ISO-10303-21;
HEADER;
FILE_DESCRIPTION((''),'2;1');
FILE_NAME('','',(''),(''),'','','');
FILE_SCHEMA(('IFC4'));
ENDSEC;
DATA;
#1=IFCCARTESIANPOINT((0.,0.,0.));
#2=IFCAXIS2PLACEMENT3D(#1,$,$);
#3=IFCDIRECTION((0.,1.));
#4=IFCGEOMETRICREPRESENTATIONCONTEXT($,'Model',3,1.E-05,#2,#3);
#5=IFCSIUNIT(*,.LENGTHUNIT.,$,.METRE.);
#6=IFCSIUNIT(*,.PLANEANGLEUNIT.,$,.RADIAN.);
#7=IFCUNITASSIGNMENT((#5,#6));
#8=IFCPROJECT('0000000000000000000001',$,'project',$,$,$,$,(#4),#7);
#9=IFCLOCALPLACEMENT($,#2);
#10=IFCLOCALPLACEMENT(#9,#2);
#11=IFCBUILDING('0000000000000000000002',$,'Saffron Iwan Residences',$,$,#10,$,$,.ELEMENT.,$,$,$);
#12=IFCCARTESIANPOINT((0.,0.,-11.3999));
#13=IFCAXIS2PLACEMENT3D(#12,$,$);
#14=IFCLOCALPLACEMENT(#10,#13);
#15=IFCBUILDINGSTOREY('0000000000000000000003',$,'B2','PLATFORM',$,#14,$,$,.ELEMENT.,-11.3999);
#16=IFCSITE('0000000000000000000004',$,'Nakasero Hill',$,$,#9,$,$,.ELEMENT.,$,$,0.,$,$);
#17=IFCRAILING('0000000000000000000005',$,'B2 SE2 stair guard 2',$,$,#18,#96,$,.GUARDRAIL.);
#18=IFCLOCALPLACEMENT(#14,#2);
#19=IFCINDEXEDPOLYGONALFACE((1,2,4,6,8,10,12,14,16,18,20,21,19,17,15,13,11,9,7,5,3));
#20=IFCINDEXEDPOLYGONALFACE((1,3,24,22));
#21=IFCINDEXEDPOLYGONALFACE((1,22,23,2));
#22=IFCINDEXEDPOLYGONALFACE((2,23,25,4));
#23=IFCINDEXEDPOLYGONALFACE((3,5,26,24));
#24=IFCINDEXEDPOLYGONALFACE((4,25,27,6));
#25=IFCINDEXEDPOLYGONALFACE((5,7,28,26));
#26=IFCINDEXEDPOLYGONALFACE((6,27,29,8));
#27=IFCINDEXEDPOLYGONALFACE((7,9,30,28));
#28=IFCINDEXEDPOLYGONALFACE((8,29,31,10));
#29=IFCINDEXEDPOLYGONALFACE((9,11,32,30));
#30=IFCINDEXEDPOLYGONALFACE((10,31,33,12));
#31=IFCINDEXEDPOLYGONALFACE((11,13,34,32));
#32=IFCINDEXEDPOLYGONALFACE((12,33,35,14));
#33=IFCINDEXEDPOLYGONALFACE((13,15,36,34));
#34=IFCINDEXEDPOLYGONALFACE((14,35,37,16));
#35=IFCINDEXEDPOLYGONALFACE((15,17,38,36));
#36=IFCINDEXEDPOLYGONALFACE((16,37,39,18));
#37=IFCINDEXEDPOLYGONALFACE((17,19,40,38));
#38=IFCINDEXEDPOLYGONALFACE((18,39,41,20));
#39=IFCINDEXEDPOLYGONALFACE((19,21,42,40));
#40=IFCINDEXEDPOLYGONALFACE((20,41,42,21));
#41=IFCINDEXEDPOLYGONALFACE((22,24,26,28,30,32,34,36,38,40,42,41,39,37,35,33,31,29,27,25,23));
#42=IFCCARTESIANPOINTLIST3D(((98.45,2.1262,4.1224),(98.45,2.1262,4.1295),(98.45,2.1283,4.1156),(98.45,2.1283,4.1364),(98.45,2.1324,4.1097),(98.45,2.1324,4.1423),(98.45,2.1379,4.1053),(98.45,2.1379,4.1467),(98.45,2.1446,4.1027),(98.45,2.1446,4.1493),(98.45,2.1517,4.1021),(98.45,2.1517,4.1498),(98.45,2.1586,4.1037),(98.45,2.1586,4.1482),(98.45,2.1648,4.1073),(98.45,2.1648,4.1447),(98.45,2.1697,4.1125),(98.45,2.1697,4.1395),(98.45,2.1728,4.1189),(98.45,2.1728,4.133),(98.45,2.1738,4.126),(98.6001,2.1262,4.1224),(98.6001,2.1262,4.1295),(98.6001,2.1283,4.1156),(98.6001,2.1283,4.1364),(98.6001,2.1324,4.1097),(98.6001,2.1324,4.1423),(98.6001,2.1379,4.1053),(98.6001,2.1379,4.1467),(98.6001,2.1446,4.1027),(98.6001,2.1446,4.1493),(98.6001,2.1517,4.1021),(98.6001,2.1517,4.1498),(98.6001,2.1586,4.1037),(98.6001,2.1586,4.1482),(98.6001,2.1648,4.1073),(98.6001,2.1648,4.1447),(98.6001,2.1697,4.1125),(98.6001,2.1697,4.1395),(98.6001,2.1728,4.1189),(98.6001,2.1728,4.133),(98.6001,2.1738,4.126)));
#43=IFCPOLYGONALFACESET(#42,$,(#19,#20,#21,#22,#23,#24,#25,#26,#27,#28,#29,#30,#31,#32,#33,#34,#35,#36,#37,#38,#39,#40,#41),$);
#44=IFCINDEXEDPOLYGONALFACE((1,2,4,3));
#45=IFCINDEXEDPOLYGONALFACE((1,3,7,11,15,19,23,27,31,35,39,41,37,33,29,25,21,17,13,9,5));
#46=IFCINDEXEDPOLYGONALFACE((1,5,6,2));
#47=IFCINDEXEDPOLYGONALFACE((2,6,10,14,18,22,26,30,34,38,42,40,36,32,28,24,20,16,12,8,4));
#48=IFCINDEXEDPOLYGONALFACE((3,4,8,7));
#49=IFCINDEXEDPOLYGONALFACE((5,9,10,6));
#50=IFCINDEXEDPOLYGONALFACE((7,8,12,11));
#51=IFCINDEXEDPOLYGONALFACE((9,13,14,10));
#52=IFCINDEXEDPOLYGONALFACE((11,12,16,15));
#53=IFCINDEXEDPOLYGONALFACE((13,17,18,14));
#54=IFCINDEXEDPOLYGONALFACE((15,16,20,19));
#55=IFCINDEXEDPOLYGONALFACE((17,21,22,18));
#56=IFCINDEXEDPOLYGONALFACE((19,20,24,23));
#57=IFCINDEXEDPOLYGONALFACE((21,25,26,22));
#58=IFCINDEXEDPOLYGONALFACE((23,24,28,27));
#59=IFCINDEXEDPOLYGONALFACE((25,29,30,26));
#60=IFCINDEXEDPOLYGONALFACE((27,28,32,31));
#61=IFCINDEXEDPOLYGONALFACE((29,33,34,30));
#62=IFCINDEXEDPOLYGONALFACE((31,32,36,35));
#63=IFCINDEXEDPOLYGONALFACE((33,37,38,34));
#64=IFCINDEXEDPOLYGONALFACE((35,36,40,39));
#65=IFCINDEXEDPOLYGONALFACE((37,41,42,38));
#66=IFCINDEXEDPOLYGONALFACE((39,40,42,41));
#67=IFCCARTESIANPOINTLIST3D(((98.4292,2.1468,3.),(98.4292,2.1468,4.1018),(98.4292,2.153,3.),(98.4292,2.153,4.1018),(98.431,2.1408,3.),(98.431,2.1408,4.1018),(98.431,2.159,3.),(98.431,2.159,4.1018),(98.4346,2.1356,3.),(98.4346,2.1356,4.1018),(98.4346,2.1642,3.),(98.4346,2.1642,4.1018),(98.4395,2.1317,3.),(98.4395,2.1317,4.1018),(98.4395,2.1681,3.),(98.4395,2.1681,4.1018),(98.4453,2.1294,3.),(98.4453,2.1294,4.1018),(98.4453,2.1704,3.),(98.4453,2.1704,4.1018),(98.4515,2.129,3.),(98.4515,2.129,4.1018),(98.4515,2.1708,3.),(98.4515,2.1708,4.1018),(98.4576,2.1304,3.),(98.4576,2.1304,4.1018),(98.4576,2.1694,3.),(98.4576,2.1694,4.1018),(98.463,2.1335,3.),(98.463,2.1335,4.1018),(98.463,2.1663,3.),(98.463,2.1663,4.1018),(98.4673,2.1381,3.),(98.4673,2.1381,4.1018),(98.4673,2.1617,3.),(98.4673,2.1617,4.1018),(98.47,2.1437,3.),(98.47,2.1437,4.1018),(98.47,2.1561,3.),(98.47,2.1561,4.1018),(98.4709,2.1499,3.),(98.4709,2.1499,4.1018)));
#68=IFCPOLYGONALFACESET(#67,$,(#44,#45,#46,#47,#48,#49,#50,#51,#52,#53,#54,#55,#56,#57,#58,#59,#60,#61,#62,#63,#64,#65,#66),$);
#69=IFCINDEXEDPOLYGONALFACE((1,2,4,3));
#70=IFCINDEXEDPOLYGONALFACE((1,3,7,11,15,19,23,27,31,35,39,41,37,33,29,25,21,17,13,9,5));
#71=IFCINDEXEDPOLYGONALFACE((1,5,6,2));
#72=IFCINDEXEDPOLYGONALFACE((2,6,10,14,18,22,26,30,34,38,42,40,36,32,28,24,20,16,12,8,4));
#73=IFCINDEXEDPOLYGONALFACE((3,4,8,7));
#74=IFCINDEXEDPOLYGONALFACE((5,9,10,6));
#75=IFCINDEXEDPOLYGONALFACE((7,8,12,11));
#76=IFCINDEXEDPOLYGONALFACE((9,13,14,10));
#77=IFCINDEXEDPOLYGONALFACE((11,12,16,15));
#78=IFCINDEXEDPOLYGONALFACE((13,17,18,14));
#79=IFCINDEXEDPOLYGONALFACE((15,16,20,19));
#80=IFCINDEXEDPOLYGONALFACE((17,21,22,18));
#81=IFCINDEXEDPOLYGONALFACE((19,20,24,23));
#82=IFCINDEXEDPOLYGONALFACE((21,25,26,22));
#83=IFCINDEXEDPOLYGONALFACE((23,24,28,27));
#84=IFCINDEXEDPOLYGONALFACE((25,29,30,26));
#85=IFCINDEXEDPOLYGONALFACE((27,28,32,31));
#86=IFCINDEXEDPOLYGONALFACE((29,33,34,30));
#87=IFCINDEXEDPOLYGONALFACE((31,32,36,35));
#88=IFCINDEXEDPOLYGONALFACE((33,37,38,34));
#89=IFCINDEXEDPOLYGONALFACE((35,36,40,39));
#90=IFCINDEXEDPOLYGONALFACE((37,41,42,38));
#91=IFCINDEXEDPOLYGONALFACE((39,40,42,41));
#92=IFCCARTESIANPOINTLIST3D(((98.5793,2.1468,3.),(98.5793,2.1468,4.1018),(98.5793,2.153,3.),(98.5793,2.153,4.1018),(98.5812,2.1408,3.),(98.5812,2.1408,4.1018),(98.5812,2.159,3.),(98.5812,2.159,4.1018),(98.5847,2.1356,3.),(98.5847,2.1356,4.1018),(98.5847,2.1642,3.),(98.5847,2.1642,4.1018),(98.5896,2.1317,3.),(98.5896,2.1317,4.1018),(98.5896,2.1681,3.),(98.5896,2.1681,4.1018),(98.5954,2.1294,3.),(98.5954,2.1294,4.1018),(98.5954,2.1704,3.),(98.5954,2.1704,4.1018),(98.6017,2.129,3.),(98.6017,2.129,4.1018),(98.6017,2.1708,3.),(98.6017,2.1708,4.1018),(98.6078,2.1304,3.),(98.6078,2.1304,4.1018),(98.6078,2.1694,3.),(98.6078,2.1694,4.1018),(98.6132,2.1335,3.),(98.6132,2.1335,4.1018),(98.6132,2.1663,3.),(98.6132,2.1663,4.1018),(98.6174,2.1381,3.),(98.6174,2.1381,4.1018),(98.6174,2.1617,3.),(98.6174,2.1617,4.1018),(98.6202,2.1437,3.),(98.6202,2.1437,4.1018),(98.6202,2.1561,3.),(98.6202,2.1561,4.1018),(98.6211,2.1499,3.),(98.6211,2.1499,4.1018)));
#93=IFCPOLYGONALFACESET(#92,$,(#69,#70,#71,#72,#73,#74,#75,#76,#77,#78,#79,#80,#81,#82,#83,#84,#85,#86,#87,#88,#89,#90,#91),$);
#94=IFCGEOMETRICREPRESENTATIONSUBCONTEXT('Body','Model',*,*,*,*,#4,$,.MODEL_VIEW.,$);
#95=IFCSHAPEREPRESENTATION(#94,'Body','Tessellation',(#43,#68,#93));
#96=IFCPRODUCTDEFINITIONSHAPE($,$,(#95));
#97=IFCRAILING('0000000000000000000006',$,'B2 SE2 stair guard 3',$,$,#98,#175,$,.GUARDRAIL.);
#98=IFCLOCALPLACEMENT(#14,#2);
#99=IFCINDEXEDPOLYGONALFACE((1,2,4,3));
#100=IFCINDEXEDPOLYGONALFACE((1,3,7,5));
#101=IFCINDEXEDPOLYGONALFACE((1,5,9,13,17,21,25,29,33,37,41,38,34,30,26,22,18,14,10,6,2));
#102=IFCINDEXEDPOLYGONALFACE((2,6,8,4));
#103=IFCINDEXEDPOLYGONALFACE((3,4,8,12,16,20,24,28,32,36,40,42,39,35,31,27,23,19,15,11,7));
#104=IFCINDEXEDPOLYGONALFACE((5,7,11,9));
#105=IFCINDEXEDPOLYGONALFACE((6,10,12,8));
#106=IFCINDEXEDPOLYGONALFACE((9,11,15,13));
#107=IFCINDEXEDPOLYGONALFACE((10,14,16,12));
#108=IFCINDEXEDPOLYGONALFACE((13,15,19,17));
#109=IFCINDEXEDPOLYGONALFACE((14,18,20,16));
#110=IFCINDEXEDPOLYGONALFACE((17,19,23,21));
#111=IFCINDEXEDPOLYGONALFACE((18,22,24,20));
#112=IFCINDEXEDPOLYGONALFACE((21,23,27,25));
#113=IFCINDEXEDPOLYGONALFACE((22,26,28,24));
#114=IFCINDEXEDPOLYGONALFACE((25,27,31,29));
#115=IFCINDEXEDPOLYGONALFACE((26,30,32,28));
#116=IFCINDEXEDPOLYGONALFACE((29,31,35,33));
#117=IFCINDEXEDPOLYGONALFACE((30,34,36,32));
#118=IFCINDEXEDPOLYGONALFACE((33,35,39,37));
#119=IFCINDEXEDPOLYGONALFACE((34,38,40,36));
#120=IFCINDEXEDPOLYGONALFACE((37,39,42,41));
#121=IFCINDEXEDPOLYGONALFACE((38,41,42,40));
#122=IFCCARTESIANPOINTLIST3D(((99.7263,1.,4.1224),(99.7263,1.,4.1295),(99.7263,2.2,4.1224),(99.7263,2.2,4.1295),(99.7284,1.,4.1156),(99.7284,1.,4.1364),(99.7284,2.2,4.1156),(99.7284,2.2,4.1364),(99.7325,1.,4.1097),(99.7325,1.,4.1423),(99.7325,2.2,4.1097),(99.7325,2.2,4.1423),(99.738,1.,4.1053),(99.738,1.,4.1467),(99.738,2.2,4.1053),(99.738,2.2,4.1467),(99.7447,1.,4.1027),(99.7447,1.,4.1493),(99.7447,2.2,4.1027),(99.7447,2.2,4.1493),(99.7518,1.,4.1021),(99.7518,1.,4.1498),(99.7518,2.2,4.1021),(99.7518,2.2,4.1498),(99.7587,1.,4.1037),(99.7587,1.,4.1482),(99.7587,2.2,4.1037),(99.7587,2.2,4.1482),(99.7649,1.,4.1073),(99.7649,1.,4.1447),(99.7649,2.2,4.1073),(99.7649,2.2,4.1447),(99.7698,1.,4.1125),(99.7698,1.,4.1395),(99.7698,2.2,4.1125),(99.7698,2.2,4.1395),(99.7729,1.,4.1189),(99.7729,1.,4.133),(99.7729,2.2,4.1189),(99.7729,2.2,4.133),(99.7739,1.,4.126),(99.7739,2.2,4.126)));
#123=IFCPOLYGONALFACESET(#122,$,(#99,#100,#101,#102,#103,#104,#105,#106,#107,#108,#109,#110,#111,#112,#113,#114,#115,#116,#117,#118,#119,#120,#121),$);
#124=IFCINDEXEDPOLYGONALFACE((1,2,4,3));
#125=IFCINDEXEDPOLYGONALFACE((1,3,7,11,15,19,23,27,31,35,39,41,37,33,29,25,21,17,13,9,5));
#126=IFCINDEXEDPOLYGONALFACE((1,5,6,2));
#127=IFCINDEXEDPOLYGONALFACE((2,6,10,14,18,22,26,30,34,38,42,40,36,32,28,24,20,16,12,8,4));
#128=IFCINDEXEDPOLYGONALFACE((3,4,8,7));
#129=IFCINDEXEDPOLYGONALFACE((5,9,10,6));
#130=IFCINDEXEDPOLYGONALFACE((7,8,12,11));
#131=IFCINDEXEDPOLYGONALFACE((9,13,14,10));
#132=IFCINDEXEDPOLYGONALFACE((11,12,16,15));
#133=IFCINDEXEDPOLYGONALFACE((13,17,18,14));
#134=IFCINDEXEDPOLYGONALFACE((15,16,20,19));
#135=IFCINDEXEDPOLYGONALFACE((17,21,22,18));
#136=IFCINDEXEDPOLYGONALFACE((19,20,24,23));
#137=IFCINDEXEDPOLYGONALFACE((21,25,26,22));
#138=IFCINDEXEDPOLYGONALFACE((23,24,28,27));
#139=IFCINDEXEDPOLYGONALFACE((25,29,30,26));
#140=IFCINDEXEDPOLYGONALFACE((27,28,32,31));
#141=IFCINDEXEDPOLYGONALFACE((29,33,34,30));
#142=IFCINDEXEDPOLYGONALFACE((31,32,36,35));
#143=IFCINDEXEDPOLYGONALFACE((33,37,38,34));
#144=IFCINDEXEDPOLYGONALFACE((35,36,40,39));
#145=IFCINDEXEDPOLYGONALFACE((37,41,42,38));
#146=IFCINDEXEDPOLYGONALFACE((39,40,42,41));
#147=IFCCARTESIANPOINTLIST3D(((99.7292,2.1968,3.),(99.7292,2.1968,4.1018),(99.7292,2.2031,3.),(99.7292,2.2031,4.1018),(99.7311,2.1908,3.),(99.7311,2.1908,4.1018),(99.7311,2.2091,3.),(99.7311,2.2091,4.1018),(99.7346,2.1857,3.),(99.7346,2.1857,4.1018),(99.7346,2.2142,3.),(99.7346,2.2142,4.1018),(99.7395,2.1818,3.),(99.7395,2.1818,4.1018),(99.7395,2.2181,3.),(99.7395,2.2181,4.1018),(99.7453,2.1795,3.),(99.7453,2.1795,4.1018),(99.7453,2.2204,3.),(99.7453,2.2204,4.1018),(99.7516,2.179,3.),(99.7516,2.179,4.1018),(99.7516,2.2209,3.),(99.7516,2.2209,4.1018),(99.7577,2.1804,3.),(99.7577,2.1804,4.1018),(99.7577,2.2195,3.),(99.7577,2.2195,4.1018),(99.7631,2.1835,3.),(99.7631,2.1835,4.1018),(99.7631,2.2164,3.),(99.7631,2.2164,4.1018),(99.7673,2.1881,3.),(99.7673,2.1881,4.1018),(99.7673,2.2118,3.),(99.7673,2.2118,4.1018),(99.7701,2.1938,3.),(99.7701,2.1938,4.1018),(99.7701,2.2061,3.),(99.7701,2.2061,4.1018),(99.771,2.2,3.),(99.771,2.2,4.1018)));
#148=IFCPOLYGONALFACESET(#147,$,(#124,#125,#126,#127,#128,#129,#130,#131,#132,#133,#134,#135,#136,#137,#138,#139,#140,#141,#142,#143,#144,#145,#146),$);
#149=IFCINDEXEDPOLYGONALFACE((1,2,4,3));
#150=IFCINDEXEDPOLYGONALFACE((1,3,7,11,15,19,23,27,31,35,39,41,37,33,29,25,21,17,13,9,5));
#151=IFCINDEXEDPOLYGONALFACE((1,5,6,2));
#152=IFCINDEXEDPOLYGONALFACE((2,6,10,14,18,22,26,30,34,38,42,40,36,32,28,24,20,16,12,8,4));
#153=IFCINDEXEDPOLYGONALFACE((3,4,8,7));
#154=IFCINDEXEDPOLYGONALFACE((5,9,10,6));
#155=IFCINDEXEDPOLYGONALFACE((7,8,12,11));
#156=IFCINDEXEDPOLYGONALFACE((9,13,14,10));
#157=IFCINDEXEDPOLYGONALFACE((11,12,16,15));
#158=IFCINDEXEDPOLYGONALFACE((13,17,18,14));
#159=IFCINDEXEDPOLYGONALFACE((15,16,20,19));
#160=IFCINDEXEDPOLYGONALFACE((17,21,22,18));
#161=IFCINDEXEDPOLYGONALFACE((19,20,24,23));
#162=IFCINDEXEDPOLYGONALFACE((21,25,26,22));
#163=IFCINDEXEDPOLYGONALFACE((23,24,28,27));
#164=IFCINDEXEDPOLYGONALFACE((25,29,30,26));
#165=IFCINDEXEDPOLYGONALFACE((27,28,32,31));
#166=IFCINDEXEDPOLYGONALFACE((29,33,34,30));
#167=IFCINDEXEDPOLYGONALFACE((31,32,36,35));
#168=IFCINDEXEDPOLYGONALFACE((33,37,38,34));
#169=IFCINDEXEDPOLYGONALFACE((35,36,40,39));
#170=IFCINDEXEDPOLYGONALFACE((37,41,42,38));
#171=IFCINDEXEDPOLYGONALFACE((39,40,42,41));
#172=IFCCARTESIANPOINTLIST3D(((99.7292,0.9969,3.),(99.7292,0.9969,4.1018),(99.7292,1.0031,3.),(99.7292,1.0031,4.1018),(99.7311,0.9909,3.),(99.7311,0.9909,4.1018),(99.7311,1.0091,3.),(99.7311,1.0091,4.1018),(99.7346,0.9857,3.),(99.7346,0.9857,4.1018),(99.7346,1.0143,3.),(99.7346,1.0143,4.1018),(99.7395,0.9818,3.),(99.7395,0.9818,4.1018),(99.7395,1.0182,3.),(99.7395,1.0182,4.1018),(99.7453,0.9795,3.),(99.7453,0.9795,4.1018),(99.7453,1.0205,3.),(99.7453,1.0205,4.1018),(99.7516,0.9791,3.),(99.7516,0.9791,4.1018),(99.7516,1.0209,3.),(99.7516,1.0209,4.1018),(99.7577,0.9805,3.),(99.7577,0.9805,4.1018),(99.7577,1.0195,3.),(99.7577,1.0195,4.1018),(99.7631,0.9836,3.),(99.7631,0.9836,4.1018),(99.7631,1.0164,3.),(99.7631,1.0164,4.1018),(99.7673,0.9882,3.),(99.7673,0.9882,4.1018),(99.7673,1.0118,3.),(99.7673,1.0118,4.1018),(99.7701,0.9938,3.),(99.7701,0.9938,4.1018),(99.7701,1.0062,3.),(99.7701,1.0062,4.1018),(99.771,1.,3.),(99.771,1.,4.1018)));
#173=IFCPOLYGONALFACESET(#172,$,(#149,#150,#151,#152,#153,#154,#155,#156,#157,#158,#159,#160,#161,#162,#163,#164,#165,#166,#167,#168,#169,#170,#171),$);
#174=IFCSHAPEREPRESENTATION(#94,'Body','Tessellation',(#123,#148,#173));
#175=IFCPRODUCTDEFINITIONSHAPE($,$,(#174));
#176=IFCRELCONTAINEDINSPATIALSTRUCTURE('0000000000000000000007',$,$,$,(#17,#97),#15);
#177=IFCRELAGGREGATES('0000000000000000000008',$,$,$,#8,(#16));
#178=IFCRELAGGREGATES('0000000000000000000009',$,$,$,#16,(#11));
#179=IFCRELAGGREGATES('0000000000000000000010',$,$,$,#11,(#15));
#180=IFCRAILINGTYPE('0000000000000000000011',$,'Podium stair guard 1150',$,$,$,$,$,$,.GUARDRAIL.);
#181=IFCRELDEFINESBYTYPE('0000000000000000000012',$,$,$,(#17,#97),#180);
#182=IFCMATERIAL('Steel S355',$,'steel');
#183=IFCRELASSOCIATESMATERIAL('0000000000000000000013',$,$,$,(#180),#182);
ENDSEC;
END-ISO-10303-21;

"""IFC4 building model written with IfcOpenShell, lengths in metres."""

from ifc_helpers import new_model, si_unit, direction, frame, origin, origin_2d, place, context, subcontext, project, spatial, circle, extrude, material, type_object, element, save


model = new_model("IFC4")

# Units and contexts
model_context = context("Model", 3, precision=1e-05, world=origin(), true_north=direction((0.0, 1.0)))
body_context = subcontext(model_context, "Body", "Model", "MODEL_VIEW")
ifc_project = project(units=[si_unit("LENGTHUNIT", "METRE"), si_unit("PLANEANGLEUNIT", "RADIAN")], contexts=[model_context])

# Site, building, storey
site_placement = place(None, origin())
site = spatial("IfcSite", under=ifc_project, at=site_placement, Name="Nakasero Hill", CompositionType="ELEMENT", RefElevation=0.0)
building_placement = place(site_placement, origin())
building = spatial("IfcBuilding", under=site, at=building_placement, Name="Saffron Iwan Residences", CompositionType="ELEMENT")
storey_placement = place(building_placement, frame((0.0, 0.0, -11.3999)))
storey = spatial("IfcBuildingStorey", under=building, at=storey_placement, Name="B2", Description="PLATFORM", CompositionType="ELEMENT", Elevation=-11.3999)

# Railings
ifc_material_1 = material(Name="Steel S355", Category="steel")
railing_type_1 = type_object("IfcRailingType", Name="Podium stair guard 1150", PredefinedType="GUARDRAIL", material=ifc_material_1)
railing_1_placement = place(storey_placement, frame((98.45, 2.1499, 3.0)))
element("IfcRailing", 1, at=railing_1_placement, inside=storey, type_object=railing_type_1, Name="B2 SE2 stair guard 2", PredefinedType="GUARDRAIL", context=body_context, shape_type="SweptSolid", body=[
    extrude(circle(Radius=0.0239, at=origin_2d()), frame((0.0, 0.0, 1.126), z_axis=(1.0, 0.0, 0.0), x_axis=(0.0, 1.0, 0.0)), (0.0, 0.0, 1.0), 0.1501),
    extrude(circle(Radius=0.021, at=origin_2d()), origin(), (0.0, 0.0, 1.0), 1.1018),
    extrude(circle(Radius=0.021, at=origin_2d()), frame((0.1501, 0.0, 0.0)), (0.0, 0.0, 1.0), 1.1018),
])
railing_2_placement = place(storey_placement, frame((99.75, 2.2, 3.0)))
element("IfcRailing", 2, at=railing_2_placement, inside=storey, type_object=railing_type_1, Name="B2 SE2 stair guard 3", PredefinedType="GUARDRAIL", context=body_context, shape_type="SweptSolid", body=[
    extrude(circle(Radius=0.0239, at=origin_2d()), frame((0.0, 0.0, 1.126), z_axis=(0.0, -1.0, 0.0), x_axis=(1.0, 0.0, 0.0)), (0.0, 0.0, 1.0), 1.2),
    extrude(circle(Radius=0.021, at=origin_2d()), origin(), (0.0, 0.0, 1.0), 1.1018),
    extrude(circle(Radius=0.021, at=origin_2d()), frame((0.0, -1.2, 0.0)), (0.0, 0.0, 1.0), 1.1018),
])

save(model, "model.ifc")
